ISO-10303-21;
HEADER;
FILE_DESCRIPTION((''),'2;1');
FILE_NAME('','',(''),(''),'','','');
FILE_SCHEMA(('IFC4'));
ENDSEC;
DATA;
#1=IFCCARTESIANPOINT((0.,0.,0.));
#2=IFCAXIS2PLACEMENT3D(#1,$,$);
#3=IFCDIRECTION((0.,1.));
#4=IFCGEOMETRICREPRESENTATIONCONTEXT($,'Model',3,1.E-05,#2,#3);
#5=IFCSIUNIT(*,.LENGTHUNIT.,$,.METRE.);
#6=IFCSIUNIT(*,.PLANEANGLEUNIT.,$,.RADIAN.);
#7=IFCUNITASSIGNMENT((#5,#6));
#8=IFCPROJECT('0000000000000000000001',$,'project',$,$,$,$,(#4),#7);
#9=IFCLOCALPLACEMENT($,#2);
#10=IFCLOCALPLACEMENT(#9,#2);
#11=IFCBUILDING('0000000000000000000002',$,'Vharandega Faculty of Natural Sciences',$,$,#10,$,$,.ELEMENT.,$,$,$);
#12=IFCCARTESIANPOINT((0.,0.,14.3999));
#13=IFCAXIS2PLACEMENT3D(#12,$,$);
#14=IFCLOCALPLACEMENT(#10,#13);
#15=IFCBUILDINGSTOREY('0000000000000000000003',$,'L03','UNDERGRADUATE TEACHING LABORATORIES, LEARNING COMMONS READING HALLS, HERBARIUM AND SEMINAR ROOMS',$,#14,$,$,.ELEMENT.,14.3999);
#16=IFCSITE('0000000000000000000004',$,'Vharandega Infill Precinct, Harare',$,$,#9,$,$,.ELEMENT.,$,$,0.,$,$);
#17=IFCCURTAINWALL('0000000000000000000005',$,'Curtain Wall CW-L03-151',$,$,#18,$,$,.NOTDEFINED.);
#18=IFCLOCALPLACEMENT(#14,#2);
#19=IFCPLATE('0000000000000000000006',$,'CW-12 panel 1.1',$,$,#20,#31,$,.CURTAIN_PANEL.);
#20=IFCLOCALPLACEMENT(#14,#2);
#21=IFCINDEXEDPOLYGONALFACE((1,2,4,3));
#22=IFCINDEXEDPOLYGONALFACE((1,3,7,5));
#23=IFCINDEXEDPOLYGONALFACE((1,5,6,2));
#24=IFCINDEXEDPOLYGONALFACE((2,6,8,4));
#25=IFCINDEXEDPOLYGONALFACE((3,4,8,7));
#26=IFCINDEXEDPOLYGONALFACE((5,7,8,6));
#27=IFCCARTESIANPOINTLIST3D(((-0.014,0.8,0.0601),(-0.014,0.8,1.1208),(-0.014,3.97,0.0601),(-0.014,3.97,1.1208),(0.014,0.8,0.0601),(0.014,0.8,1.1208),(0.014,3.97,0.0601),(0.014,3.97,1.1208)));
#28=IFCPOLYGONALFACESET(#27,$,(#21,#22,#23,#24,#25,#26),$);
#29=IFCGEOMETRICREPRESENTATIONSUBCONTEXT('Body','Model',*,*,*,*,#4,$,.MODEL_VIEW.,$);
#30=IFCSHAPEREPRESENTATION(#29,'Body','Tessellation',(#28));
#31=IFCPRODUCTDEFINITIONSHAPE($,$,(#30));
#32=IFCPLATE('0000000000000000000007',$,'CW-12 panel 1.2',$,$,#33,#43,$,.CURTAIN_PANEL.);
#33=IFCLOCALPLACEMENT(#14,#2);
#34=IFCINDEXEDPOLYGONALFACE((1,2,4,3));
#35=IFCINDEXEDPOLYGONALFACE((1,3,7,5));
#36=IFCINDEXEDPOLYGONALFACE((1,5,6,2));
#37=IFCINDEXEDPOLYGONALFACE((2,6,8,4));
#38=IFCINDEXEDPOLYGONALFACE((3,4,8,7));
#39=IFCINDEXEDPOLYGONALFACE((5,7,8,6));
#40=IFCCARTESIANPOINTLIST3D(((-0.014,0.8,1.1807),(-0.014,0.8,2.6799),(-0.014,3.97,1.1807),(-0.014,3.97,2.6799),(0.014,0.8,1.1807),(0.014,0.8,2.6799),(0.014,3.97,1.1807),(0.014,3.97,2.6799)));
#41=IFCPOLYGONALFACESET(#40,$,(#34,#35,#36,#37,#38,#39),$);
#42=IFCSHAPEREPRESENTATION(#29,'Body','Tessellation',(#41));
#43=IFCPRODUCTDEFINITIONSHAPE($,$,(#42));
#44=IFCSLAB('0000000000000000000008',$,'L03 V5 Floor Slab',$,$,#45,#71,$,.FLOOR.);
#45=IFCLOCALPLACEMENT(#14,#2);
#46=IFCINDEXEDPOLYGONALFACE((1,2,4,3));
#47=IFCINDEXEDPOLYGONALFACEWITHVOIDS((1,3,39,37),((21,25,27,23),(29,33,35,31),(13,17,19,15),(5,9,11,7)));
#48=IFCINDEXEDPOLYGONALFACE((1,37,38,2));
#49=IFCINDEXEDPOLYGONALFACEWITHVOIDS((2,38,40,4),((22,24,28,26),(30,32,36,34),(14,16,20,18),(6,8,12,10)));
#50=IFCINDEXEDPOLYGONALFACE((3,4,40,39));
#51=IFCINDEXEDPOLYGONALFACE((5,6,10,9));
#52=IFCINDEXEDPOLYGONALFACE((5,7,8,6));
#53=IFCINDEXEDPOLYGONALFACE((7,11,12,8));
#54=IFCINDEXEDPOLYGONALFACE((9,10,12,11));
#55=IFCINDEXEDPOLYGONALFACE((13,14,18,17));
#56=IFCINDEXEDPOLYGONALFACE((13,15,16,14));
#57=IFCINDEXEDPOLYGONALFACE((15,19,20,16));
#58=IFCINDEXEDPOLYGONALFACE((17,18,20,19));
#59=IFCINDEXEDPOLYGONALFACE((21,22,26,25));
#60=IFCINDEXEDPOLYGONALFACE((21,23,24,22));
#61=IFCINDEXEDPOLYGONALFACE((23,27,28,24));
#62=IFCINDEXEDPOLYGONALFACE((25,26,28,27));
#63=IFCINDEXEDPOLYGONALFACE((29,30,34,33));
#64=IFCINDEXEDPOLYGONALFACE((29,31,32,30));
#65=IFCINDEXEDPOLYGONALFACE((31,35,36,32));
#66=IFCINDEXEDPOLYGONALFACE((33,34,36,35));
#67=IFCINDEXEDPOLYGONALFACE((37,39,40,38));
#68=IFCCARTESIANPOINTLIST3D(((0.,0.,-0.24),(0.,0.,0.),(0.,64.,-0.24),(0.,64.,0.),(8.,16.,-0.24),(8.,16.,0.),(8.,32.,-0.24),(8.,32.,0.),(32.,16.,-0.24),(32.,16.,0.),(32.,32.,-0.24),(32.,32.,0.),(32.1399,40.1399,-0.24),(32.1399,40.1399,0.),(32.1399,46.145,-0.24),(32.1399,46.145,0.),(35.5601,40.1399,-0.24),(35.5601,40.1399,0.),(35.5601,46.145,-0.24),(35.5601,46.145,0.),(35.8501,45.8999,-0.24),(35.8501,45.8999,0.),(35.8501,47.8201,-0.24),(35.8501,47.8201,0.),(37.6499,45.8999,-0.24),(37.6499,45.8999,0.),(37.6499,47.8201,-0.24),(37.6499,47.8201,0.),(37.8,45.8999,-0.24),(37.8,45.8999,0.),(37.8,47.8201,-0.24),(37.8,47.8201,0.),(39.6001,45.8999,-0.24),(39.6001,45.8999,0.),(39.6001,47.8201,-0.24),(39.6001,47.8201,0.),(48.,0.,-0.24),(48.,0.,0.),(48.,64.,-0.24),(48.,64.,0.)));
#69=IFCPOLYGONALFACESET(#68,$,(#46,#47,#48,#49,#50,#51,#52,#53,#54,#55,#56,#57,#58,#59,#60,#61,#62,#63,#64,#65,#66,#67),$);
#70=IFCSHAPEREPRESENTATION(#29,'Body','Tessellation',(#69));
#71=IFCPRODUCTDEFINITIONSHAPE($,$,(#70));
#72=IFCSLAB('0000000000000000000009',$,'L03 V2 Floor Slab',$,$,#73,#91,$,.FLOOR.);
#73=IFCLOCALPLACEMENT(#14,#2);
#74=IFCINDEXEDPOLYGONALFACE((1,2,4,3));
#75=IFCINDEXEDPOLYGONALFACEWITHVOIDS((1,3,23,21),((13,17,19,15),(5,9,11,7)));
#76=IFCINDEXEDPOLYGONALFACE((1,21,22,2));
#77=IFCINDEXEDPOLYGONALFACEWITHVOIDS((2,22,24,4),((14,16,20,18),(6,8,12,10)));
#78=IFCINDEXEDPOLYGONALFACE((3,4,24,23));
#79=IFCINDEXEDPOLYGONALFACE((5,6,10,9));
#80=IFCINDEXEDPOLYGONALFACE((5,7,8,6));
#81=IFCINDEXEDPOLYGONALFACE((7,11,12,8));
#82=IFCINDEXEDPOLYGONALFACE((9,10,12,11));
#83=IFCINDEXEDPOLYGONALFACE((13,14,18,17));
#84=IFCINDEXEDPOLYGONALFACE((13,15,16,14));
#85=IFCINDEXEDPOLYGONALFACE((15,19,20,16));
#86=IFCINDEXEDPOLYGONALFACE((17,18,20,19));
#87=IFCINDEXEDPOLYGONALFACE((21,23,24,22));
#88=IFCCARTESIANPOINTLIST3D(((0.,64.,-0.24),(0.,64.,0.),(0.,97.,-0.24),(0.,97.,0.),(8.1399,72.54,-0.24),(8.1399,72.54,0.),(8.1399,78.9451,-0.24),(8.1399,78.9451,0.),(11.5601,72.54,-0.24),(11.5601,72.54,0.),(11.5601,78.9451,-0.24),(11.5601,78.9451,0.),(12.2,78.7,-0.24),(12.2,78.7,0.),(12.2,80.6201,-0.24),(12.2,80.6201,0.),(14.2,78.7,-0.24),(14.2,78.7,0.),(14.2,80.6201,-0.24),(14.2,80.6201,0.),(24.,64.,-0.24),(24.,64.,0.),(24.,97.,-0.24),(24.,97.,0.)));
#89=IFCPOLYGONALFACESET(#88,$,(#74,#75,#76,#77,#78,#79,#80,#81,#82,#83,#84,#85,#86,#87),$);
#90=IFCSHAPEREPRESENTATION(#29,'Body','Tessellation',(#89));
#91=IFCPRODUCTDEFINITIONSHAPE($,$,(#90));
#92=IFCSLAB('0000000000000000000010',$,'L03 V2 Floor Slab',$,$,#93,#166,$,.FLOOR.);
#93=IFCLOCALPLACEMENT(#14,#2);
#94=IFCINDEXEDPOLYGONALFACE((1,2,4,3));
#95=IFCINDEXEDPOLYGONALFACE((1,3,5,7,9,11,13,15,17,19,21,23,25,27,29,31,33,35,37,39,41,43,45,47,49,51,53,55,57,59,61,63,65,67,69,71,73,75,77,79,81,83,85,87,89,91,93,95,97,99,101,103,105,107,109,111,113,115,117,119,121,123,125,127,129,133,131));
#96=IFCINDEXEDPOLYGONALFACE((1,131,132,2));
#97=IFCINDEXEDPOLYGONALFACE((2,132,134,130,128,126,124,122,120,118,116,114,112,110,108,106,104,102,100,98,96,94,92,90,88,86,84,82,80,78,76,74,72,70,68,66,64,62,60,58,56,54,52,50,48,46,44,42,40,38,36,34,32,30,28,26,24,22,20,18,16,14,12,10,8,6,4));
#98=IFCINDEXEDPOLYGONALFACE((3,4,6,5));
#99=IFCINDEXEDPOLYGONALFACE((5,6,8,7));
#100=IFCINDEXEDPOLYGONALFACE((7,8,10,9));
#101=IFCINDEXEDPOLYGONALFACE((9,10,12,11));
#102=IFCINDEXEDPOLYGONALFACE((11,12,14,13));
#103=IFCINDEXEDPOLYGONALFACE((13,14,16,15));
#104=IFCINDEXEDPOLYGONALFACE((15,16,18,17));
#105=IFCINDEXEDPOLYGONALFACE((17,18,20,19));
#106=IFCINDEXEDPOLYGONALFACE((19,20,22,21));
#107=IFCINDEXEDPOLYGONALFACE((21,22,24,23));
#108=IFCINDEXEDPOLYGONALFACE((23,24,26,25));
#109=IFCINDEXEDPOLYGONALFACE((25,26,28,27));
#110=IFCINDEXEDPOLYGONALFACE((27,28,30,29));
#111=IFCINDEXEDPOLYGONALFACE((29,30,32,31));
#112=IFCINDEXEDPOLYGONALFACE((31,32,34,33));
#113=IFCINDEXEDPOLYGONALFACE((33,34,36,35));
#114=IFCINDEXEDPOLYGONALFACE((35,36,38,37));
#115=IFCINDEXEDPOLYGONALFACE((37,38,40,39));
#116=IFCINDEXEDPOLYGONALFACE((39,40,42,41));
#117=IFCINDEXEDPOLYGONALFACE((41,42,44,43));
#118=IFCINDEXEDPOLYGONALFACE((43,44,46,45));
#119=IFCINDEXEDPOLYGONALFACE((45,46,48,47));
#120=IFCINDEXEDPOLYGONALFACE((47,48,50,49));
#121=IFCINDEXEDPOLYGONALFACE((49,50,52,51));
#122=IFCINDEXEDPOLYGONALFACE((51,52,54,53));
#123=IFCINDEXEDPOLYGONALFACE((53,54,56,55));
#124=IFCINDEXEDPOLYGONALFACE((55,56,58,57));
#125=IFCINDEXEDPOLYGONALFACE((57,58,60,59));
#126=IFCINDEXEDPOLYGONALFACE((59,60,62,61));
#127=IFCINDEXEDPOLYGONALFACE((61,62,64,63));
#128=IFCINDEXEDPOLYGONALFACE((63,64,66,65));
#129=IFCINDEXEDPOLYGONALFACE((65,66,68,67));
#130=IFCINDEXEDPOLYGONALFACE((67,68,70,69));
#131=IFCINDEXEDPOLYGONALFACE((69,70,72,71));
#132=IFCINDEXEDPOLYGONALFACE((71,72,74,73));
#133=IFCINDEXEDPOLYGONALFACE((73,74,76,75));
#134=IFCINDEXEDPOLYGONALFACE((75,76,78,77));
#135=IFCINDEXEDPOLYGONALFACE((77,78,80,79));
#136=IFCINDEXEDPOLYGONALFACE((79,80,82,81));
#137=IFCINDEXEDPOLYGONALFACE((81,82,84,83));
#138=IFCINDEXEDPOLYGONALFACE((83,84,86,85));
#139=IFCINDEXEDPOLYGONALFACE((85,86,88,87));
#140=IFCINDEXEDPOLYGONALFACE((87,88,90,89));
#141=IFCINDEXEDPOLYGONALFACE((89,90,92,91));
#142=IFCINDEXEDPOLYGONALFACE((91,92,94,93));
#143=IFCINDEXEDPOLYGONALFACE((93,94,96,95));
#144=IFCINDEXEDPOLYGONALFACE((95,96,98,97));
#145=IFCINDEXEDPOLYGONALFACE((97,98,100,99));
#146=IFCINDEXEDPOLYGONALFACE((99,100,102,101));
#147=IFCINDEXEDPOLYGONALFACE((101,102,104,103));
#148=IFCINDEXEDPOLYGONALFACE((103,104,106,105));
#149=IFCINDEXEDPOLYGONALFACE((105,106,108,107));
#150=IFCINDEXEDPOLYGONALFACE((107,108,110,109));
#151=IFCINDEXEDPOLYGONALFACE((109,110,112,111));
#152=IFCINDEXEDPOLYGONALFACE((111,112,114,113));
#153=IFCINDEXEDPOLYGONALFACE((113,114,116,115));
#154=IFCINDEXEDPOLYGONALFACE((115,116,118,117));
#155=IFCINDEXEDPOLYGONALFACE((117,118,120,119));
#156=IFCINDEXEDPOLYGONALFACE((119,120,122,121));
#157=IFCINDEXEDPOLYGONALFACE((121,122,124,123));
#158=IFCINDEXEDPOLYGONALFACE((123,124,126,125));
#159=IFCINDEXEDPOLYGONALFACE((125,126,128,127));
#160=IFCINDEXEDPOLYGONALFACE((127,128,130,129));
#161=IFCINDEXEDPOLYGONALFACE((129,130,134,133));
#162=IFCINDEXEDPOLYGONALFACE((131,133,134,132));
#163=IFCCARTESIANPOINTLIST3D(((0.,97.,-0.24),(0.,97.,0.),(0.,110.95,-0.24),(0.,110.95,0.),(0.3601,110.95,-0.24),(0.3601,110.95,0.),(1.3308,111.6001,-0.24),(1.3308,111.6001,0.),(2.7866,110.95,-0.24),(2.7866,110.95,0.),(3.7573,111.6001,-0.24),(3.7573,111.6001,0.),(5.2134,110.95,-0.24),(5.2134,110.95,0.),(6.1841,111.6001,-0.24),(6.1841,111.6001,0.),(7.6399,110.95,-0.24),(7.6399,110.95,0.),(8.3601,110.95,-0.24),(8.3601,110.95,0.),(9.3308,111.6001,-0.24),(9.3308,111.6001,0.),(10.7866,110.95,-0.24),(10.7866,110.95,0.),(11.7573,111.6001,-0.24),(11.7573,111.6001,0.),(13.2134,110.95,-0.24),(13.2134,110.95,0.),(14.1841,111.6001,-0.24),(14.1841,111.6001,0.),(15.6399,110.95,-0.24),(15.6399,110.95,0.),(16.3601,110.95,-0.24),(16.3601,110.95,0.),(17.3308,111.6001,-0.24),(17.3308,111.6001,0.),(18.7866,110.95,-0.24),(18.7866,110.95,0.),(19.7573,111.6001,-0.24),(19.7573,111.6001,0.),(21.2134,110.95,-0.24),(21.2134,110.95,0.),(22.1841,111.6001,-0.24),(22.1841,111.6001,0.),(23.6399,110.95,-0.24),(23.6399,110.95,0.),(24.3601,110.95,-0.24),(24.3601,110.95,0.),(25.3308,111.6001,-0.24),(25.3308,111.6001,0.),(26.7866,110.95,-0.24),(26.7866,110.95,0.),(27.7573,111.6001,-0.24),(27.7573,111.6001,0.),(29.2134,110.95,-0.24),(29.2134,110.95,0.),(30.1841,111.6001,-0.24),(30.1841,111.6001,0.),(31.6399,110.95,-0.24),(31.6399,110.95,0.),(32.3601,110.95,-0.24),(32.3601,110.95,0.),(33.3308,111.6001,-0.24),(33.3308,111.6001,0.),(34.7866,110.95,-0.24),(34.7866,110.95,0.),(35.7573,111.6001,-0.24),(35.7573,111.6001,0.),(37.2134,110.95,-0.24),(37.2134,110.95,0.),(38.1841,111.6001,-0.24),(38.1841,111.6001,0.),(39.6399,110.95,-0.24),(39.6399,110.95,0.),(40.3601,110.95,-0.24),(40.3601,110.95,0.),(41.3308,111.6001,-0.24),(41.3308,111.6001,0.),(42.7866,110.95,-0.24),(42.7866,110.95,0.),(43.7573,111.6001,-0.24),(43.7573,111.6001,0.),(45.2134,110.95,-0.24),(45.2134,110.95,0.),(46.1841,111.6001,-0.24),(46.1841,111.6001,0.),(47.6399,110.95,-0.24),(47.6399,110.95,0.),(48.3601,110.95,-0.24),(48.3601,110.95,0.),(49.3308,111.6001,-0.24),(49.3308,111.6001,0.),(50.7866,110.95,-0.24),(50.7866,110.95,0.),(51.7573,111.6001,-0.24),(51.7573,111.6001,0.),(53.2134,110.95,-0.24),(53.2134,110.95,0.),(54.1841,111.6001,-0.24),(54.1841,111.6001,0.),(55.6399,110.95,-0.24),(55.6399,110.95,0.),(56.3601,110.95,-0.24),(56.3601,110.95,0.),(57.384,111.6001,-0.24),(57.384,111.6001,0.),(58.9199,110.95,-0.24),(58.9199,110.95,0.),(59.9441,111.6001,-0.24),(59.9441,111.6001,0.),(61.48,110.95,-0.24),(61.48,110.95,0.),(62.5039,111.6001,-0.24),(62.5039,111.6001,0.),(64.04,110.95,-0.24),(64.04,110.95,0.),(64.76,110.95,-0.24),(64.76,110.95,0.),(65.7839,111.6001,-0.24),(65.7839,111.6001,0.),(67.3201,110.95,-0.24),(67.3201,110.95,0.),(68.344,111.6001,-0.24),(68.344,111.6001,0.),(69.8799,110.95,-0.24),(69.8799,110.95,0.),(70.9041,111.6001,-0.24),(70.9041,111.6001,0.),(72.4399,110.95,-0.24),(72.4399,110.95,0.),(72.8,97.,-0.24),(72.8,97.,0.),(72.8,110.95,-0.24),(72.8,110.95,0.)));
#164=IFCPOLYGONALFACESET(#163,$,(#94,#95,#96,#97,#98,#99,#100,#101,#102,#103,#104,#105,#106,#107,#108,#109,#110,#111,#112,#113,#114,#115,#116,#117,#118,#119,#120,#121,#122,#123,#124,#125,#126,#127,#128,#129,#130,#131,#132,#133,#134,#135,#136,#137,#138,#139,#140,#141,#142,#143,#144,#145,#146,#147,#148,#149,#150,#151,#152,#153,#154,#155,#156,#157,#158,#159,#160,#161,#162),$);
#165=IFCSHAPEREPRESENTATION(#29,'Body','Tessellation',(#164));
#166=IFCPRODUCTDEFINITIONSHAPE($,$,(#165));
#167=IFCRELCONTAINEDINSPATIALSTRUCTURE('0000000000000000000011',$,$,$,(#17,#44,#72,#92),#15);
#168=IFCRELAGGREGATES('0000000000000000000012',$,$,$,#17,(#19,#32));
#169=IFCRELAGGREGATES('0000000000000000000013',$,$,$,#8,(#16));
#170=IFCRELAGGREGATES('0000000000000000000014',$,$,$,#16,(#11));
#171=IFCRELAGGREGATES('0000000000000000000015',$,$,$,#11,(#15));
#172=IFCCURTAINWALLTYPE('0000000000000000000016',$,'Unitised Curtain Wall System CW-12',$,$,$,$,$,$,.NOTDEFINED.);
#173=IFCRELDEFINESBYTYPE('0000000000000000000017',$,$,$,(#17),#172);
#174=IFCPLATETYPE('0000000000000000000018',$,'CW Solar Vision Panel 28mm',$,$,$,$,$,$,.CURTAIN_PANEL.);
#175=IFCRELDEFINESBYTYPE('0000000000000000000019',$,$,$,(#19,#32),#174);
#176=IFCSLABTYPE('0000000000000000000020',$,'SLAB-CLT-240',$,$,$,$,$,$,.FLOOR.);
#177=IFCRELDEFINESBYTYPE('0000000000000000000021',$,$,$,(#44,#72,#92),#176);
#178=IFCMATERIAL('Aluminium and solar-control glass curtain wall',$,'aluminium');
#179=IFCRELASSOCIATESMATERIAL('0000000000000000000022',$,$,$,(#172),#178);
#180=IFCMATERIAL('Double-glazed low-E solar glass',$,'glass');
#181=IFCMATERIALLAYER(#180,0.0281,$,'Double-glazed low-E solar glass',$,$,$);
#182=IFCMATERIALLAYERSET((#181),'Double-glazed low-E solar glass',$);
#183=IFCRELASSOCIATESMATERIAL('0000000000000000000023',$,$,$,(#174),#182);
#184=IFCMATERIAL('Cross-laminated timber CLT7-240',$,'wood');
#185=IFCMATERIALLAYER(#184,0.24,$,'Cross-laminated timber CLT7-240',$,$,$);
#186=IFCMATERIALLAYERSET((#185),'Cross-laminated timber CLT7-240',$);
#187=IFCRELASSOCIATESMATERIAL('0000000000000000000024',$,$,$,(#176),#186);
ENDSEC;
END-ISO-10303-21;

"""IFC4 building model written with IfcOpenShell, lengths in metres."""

from ifc_helpers import new_model, si_unit, direction, frame, origin, origin_2d, place, context, subcontext, project, spatial, polyline, rectangle, outline, extrude, material, layer, layer_set, type_object, element, aggregate, save


model = new_model("IFC4")

# Units and contexts
model_context = context("Model", 3, precision=1e-05, world=origin(), true_north=direction((0.0, 1.0)))
body_context = subcontext(model_context, "Body", "Model", "MODEL_VIEW")
ifc_project = project(units=[si_unit("LENGTHUNIT", "METRE"), si_unit("PLANEANGLEUNIT", "RADIAN")], contexts=[model_context])

# Site, building, storey
site_placement = place(None, origin())
site = spatial("IfcSite", under=ifc_project, at=site_placement, Name="Vharandega Infill Precinct, Harare", CompositionType="ELEMENT", RefElevation=0.0)
building_placement = place(site_placement, origin())
building = spatial("IfcBuilding", under=site, at=building_placement, Name="Vharandega Faculty of Natural Sciences", CompositionType="ELEMENT")
storey_placement = place(building_placement, frame((0.0, 0.0, 14.3999)))
storey = spatial("IfcBuildingStorey", under=building, at=storey_placement, Name="L03", Description="UNDERGRADUATE TEACHING LABORATORIES, LEARNING COMMONS READING HALLS, HERBARIUM AND SEMINAR ROOMS", CompositionType="ELEMENT", Elevation=14.3999)

# Curtain wall
ifc_material_1 = material(Name="Aluminium and solar-control glass curtain wall", Category="aluminium")
curtain_wall_type = type_object("IfcCurtainWallType", Name="Unitised Curtain Wall System CW-12", PredefinedType="NOTDEFINED", material=ifc_material_1)
curtain_wall_placement = place(storey_placement, origin())
curtain_wall = element("IfcCurtainWall", 1, at=curtain_wall_placement, inside=storey, type_object=curtain_wall_type, Name="Curtain Wall CW-L03-151", PredefinedType="NOTDEFINED")

# Plates
ifc_material_2 = material(Name="Double-glazed low-E solar glass", Category="glass")
ifc_layer_1 = layer(ifc_material_2, 0.0281, Name="Double-glazed low-E solar glass")
ifc_layer_set_1 = layer_set([ifc_layer_1], Name="Double-glazed low-E solar glass")
plate_type = type_object("IfcPlateType", Name="CW Solar Vision Panel 28mm", PredefinedType="CURTAIN_PANEL", material=ifc_layer_set_1)
plate_1_placement = place(storey_placement, frame((0.0, 2.385, 0.0601), z_axis=(0.0, 0.0, 1.0), x_axis=(0.0, 1.0, 0.0)))
plate_1 = element("IfcPlate", 2, at=plate_1_placement, type_object=plate_type, Name="CW-12 panel 1.1", PredefinedType="CURTAIN_PANEL", context=body_context, shape_type="SweptSolid", body=[
    extrude(rectangle(XDim=3.1699, YDim=0.0281, at=origin_2d()), origin(), (0.0, 0.0, 1.0), 1.0608),
])
plate_2_placement = place(storey_placement, frame((0.0, 2.385, 1.1807), z_axis=(0.0, 0.0, 1.0), x_axis=(0.0, 1.0, 0.0)))
plate_2 = element("IfcPlate", 3, at=plate_2_placement, type_object=plate_type, Name="CW-12 panel 1.2", PredefinedType="CURTAIN_PANEL", context=body_context, shape_type="SweptSolid", body=[
    extrude(rectangle(XDim=3.1699, YDim=0.0281, at=origin_2d()), origin(), (0.0, 0.0, 1.0), 1.4993),
])
aggregate(curtain_wall, [plate_1, plate_2])

# Slabs
ifc_material_3 = material(Name="Cross-laminated timber CLT7-240", Category="wood")
ifc_layer_2 = layer(ifc_material_3, 0.24, Name="Cross-laminated timber CLT7-240")
ifc_layer_set_2 = layer_set([ifc_layer_2], Name="Cross-laminated timber CLT7-240")
slab_type_1 = type_object("IfcSlabType", Name="SLAB-CLT-240", PredefinedType="FLOOR", material=ifc_layer_set_2)
slab_1_placement = place(storey_placement, frame((0.0, 0.0, -0.24)))
element("IfcSlab", 4, at=slab_1_placement, inside=storey, type_object=slab_type_1, Name="L03 V5 Floor Slab", PredefinedType="FLOOR", context=body_context, shape_type="SweptSolid", body=[
    extrude(outline(polyline([(0.0, 0.0), (48.0, 0.0), (48.0, 64.0), (0.0, 64.0), (0.0, 0.0)]), holes=[polyline([(8.0, 16.0), (32.0, 16.0), (32.0, 32.0), (8.0, 32.0), (8.0, 16.0)]), polyline([(32.1399, 46.145), (32.1399, 40.1399), (35.5601, 40.1399), (35.5601, 46.145), (32.1399, 46.145)]), polyline([(35.8501, 45.8999), (37.6499, 45.8999), (37.6499, 47.8201), (35.8501, 47.8201), (35.8501, 45.8999)]), polyline([(37.8, 45.8999), (39.6001, 45.8999), (39.6001, 47.8201), (37.8, 47.8201), (37.8, 45.8999)])]), origin(), (0.0, 0.0, 1.0), 0.24),
])
slab_2_placement = place(storey_placement, frame((0.0, 0.0, -0.24)))
element("IfcSlab", 5, at=slab_2_placement, inside=storey, type_object=slab_type_1, Name="L03 V2 Floor Slab", PredefinedType="FLOOR", context=body_context, shape_type="SweptSolid", body=[
    extrude(outline(polyline([(0.0, 64.0), (24.0, 64.0), (24.0, 97.0), (0.0, 97.0), (0.0, 64.0)]), holes=[polyline([(8.1399, 78.9451), (8.1399, 72.54), (11.5601, 72.54), (11.5601, 78.9451), (8.1399, 78.9451)]), polyline([(12.2, 78.7), (14.2, 78.7), (14.2, 80.6201), (12.2, 80.6201), (12.2, 78.7)])]), origin(), (0.0, 0.0, 1.0), 0.24),
])
slab_3_placement = place(storey_placement, frame((0.0, 0.0, -0.24)))
element("IfcSlab", 6, at=slab_3_placement, inside=storey, type_object=slab_type_1, Name="L03 V2 Floor Slab", PredefinedType="FLOOR", context=body_context, shape_type="SweptSolid", body=[
    extrude(outline(polyline([(0.0, 97.0), (72.8, 97.0), (72.8, 110.95), (72.4399, 110.95), (70.9041, 111.6001), (69.8799, 110.95), (69.8799, 110.95), (68.344, 111.6001), (67.3201, 110.95), (67.3201, 110.95), (65.7839, 111.6001), (64.76, 110.95), (64.04, 110.95), (62.5039, 111.6001), (61.48, 110.95), (61.48, 110.95), (59.9441, 111.6001), (58.9199, 110.95), (58.9199, 110.95), (57.384, 111.6001), (56.3601, 110.95), (55.6399, 110.95), (54.1841, 111.6001), (53.2134, 110.95), (53.2134, 110.95), (51.7573, 111.6001), (50.7866, 110.95), (50.7866, 110.95), (49.3308, 111.6001), (48.3601, 110.95), (47.6399, 110.95), (46.1841, 111.6001), (45.2134, 110.95), (45.2134, 110.95), (43.7573, 111.6001), (42.7866, 110.95), (42.7866, 110.95), (41.3308, 111.6001), (40.3601, 110.95), (39.6399, 110.95), (38.1841, 111.6001), (37.2134, 110.95), (37.2134, 110.95), (35.7573, 111.6001), (34.7866, 110.95), (34.7866, 110.95), (33.3308, 111.6001), (32.3601, 110.95), (31.6399, 110.95), (30.1841, 111.6001), (29.2134, 110.95), (29.2134, 110.95), (27.7573, 111.6001), (26.7866, 110.95), (26.7866, 110.95), (25.3308, 111.6001), (24.3601, 110.95), (23.6399, 110.95), (22.1841, 111.6001), (21.2134, 110.95), (21.2134, 110.95), (19.7573, 111.6001), (18.7866, 110.95), (18.7866, 110.95), (17.3308, 111.6001), (16.3601, 110.95), (15.6399, 110.95), (14.1841, 111.6001), (13.2134, 110.95), (13.2134, 110.95), (11.7573, 111.6001), (10.7866, 110.95), (10.7866, 110.95), (9.3308, 111.6001), (8.3601, 110.95), (7.6399, 110.95), (6.1841, 111.6001), (5.2134, 110.95), (5.2134, 110.95), (3.7573, 111.6001), (2.7866, 110.95), (2.7866, 110.95), (1.3308, 111.6001), (0.3601, 110.95), (0.0, 110.95), (0.0, 97.0)])), origin(), (0.0, 0.0, 1.0), 0.24),
])

save(model, "model.ifc")
